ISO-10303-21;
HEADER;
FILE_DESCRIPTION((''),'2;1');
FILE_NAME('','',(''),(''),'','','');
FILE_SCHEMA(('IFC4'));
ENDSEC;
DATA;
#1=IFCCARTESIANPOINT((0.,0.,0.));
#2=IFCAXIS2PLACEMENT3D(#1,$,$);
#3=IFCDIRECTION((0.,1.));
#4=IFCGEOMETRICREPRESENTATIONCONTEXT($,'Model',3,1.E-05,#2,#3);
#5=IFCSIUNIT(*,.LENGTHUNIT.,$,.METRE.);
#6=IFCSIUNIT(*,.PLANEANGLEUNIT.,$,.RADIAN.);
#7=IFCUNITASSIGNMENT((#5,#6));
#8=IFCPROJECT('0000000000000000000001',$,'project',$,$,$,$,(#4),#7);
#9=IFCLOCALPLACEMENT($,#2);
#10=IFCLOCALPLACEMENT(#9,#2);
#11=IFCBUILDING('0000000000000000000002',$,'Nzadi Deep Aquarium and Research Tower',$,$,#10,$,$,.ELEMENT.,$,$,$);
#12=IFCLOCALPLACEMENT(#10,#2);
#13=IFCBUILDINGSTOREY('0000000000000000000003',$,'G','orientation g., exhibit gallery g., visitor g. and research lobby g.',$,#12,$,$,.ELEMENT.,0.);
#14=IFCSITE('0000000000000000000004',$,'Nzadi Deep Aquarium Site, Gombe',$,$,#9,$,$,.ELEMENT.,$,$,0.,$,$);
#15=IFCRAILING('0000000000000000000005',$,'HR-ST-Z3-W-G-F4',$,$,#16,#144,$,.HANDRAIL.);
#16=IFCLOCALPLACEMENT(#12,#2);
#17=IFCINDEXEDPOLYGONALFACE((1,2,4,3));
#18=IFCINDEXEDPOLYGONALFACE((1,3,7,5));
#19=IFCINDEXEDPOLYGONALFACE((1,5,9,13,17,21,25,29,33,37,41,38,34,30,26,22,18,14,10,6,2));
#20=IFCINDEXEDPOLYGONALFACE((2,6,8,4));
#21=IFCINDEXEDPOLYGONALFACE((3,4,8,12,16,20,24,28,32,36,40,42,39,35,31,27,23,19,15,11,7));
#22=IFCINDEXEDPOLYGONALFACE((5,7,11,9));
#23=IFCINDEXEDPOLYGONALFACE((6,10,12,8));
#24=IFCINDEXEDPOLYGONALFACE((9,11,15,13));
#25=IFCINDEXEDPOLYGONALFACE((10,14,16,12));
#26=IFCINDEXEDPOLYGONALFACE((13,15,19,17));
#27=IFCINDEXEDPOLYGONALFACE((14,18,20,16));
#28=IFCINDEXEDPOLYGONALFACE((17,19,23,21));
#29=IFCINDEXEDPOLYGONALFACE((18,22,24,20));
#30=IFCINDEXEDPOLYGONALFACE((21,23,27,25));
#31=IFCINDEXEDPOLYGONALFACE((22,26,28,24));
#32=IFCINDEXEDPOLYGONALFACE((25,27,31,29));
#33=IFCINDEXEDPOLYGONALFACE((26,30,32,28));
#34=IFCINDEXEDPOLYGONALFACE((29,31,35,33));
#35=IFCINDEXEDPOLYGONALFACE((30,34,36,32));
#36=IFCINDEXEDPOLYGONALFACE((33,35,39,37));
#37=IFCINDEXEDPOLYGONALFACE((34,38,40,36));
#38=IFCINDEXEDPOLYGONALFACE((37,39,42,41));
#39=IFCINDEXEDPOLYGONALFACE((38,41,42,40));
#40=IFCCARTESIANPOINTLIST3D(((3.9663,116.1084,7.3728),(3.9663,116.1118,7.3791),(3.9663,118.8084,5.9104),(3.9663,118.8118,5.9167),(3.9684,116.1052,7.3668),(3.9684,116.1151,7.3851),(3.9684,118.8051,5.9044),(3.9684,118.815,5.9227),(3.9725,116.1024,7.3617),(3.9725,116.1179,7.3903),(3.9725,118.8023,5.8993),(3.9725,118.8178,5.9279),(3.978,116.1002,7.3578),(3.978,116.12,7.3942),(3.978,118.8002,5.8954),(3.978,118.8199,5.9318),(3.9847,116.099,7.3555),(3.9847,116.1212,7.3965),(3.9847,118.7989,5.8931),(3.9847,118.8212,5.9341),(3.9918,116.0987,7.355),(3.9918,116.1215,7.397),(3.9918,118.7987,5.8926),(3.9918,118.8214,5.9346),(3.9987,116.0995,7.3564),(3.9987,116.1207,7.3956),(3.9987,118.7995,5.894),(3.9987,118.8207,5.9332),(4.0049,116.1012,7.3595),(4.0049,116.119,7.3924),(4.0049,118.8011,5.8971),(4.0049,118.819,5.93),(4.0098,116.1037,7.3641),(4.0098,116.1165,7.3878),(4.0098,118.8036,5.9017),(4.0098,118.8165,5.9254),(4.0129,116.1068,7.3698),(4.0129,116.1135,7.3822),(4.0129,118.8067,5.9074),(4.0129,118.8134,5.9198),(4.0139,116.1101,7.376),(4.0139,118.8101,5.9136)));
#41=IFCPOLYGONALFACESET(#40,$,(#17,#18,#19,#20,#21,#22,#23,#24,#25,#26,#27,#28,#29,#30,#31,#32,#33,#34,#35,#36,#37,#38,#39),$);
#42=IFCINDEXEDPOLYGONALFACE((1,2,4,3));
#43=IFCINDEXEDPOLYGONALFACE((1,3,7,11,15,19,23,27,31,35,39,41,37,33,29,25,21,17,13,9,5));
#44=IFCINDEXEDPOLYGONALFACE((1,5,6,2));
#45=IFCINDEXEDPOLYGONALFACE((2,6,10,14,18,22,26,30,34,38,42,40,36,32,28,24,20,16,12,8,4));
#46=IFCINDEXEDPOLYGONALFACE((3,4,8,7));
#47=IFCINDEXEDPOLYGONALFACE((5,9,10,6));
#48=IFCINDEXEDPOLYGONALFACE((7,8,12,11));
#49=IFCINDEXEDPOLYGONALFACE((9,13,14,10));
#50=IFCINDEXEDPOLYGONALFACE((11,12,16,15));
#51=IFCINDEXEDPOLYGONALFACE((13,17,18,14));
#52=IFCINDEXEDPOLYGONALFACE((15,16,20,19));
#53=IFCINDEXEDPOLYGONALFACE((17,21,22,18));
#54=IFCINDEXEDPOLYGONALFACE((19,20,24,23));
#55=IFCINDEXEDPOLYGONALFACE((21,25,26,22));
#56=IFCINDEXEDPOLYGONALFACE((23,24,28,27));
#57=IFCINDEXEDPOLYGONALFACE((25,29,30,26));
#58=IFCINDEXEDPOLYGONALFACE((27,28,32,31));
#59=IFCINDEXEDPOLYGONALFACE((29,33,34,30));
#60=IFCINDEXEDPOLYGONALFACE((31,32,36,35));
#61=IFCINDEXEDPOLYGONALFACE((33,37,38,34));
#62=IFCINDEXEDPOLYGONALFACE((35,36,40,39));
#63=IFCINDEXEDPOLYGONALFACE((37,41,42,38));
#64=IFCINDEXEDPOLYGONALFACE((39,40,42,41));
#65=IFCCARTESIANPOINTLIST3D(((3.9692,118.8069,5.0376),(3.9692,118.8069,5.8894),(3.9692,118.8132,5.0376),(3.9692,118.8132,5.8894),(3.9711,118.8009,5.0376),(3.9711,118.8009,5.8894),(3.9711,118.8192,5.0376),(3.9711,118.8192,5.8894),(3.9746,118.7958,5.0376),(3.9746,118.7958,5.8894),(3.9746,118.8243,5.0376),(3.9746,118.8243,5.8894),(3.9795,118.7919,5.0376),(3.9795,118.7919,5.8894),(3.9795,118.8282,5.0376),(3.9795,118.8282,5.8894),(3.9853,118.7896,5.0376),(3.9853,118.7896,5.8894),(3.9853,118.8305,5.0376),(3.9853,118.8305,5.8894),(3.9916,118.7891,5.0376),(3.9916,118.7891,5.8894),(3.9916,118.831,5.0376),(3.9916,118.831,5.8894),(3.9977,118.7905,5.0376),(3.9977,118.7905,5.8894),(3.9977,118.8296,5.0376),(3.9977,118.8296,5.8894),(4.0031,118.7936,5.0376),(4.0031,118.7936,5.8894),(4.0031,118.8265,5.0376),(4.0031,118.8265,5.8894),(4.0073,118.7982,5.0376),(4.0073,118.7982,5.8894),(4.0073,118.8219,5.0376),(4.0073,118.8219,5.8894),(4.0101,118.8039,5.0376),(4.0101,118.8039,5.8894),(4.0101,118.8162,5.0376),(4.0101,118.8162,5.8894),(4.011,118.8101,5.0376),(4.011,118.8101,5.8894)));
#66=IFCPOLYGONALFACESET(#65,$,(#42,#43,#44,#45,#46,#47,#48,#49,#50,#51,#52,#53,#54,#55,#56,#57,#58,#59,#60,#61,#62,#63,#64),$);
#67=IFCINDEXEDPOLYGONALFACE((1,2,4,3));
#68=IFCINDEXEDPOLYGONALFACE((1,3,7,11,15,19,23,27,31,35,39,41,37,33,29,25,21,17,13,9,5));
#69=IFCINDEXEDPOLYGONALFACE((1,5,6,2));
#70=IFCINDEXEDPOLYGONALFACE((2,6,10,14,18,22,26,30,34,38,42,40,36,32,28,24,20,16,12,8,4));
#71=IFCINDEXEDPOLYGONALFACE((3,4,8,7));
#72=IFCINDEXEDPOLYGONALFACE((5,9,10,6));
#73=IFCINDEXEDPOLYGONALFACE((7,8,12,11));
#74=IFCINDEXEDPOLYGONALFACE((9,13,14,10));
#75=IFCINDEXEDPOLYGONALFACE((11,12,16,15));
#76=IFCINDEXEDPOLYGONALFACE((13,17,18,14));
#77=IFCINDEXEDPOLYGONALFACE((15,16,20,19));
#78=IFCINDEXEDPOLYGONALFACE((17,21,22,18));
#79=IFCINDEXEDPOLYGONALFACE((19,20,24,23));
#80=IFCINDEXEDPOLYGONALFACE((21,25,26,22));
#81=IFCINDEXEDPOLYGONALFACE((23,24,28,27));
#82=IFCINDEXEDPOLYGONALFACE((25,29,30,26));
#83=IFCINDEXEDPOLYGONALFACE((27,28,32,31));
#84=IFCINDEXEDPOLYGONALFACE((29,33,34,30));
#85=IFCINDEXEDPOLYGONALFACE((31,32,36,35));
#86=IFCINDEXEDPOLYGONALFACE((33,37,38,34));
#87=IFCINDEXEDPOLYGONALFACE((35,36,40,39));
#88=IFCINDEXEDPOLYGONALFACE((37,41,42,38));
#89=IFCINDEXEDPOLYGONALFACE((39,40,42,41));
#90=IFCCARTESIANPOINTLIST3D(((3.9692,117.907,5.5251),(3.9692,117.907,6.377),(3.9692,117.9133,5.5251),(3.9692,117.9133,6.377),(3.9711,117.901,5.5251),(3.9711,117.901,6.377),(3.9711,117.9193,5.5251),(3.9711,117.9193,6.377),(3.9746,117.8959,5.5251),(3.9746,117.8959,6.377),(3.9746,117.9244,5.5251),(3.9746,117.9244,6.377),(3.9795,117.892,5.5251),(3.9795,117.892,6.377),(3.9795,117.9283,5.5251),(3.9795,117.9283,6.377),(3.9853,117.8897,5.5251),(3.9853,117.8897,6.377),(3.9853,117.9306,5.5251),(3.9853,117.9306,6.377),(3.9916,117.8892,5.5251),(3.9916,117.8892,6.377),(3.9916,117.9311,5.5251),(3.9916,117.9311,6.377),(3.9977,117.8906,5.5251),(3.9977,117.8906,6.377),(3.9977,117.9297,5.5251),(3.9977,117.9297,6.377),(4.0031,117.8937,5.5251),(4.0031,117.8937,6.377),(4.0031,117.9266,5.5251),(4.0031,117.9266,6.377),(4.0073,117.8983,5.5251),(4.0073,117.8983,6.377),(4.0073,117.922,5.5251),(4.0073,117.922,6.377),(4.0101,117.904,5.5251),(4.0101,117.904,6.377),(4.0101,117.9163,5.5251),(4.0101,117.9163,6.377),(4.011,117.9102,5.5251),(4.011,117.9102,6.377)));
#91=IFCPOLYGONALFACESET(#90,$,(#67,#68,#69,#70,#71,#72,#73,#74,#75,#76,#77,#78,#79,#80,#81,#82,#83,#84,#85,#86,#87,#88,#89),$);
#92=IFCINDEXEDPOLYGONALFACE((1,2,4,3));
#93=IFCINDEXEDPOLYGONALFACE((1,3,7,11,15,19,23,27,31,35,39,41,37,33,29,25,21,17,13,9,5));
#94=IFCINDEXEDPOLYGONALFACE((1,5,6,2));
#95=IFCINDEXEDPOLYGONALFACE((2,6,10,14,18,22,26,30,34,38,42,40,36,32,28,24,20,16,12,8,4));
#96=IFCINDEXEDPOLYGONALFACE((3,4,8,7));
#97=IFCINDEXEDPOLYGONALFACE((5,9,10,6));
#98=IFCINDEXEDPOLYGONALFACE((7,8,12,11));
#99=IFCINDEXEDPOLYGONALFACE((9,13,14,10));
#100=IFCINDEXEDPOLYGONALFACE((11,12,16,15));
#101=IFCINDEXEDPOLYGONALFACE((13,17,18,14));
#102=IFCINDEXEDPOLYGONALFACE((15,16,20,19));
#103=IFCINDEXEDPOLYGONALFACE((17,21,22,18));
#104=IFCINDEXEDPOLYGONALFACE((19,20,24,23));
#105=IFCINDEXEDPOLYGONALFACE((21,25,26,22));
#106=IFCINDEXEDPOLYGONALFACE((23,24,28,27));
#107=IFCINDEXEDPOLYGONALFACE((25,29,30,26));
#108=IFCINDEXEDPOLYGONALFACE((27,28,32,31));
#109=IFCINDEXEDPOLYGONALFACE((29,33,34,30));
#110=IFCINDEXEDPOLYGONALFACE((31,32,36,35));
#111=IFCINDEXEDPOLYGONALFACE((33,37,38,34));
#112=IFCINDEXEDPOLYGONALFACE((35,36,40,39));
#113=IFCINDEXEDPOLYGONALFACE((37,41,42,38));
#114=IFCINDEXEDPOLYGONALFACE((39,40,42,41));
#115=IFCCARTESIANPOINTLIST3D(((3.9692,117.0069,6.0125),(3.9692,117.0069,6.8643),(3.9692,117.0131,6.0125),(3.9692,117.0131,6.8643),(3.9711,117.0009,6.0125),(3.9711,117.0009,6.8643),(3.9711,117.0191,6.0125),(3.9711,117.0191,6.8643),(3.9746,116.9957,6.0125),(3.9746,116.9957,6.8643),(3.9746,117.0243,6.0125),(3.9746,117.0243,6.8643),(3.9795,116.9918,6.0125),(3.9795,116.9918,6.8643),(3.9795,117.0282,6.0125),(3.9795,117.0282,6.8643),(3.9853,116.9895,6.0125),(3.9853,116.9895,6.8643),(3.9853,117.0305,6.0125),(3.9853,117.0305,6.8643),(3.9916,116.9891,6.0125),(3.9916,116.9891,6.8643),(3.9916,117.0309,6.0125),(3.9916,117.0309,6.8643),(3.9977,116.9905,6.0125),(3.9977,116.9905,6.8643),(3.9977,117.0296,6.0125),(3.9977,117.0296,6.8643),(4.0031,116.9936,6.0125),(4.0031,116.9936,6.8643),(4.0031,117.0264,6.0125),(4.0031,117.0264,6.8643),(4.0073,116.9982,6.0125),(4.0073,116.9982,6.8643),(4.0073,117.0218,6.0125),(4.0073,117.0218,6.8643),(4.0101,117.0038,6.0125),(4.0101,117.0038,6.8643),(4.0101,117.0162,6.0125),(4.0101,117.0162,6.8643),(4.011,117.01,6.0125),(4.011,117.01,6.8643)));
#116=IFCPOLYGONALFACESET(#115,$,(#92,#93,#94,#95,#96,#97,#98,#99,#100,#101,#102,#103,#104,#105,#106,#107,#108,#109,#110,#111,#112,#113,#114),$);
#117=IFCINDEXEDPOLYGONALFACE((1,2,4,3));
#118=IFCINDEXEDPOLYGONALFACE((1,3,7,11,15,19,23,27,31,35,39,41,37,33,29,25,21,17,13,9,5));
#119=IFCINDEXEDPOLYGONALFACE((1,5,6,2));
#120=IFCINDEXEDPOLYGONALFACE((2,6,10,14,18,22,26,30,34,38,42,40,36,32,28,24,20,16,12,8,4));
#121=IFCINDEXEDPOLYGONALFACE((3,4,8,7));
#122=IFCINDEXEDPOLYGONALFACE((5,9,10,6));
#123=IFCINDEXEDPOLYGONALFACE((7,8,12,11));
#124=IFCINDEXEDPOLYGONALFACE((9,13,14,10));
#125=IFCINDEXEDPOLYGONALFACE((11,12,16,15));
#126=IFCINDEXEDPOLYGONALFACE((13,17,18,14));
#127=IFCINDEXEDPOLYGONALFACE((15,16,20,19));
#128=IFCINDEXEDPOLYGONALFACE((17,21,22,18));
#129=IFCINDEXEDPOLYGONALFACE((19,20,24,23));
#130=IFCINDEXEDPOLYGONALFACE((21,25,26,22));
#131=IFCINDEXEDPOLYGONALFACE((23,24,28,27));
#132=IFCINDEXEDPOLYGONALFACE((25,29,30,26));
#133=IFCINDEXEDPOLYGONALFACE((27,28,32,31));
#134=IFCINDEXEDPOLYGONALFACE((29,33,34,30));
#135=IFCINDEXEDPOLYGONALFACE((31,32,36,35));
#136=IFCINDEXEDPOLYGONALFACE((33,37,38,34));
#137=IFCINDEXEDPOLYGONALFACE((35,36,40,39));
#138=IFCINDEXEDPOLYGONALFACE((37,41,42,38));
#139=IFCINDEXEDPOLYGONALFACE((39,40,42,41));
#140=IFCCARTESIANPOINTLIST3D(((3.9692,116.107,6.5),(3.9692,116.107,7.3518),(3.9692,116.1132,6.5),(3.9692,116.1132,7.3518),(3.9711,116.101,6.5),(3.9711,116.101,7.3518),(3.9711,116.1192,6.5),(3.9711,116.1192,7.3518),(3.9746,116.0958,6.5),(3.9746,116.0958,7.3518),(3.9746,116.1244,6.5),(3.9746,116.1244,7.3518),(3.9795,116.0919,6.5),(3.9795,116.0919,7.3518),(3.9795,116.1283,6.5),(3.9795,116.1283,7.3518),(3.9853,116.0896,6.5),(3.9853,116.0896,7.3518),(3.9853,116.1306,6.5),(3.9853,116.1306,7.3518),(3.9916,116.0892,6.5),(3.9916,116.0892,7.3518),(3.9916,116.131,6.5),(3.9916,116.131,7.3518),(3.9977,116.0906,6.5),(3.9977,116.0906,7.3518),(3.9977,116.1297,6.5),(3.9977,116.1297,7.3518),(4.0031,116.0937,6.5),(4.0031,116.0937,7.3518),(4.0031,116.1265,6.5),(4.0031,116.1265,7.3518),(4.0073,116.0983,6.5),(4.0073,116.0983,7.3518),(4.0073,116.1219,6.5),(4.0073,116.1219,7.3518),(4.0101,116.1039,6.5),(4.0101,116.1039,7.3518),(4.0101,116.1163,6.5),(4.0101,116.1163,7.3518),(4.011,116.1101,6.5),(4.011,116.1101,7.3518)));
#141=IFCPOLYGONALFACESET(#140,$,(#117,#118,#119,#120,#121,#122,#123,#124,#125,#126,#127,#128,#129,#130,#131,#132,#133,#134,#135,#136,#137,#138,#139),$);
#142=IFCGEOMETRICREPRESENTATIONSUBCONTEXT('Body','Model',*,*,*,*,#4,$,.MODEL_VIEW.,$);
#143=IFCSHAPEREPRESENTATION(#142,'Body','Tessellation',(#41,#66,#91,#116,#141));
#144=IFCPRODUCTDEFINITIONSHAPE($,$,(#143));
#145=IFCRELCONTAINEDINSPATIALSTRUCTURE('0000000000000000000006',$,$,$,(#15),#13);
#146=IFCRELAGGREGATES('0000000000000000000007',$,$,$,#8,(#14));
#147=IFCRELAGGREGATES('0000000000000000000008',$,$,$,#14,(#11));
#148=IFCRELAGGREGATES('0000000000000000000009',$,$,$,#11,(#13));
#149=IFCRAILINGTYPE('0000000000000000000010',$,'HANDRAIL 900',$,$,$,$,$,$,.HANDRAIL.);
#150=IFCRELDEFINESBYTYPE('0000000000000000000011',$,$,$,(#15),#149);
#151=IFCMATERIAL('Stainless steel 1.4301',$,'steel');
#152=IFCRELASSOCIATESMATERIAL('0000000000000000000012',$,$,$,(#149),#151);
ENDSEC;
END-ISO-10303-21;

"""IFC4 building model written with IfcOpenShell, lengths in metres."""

from ifc_helpers import new_model, si_unit, direction, frame, origin, origin_2d, place, context, subcontext, project, spatial, circle, extrude, material, type_object, element, save


model = new_model("IFC4")

# Units and contexts
model_context = context("Model", 3, precision=1e-05, world=origin(), true_north=direction((0.0, 1.0)))
body_context = subcontext(model_context, "Body", "Model", "MODEL_VIEW")
ifc_project = project(units=[si_unit("LENGTHUNIT", "METRE"), si_unit("PLANEANGLEUNIT", "RADIAN")], contexts=[model_context])

# Site, building, storey
site_placement = place(None, origin())
site = spatial("IfcSite", under=ifc_project, at=site_placement, Name="Nzadi Deep Aquarium Site, Gombe", CompositionType="ELEMENT", RefElevation=0.0)
building_placement = place(site_placement, origin())
building = spatial("IfcBuilding", under=site, at=building_placement, Name="Nzadi Deep Aquarium and Research Tower", CompositionType="ELEMENT")
storey_placement = place(building_placement, origin())
storey = spatial("IfcBuildingStorey", under=building, at=storey_placement, Name="G", Description="orientation g., exhibit gallery g., visitor g. and research lobby g.", CompositionType="ELEMENT", Elevation=0.0)

# Railing
ifc_material_1 = material(Name="Stainless steel 1.4301", Category="steel")
railing_type = type_object("IfcRailingType", Name="HANDRAIL 900", PredefinedType="HANDRAIL", material=ifc_material_1)
for number, where, name in (
    (1, (3.99, 118.8101, 5.0376), "HR-ST-Z3-W-G-F4"),
):
    element("IfcRailing", number, at=place(storey_placement, frame(where)), inside=storey, type_object=railing_type, Name=name, PredefinedType="HANDRAIL", context=body_context, shape_type="SweptSolid", body=[
        extrude(circle(Radius=0.0239, at=origin_2d()), frame((0.0, 0.0, 0.876), z_axis=(0.0, -0.879302, 0.476265), x_axis=(1.0, 0.0, 0.0)), (0.0, 0.0, 1.0), 3.0706),
        extrude(circle(Radius=0.021, at=origin_2d()), origin(), (0.0, 0.0, 1.0), 0.8518),
        extrude(circle(Radius=0.021, at=origin_2d()), frame((0.0, -0.8999, 0.4875)), (0.0, 0.0, 1.0), 0.8518),
        extrude(circle(Radius=0.021, at=origin_2d()), frame((0.0, -1.8, 0.9749)), (0.0, 0.0, 1.0), 0.8518),
        extrude(circle(Radius=0.021, at=origin_2d()), frame((0.0, -2.7, 1.4624)), (0.0, 0.0, 1.0), 0.8518),
    ])

save(model, "model.ifc")
